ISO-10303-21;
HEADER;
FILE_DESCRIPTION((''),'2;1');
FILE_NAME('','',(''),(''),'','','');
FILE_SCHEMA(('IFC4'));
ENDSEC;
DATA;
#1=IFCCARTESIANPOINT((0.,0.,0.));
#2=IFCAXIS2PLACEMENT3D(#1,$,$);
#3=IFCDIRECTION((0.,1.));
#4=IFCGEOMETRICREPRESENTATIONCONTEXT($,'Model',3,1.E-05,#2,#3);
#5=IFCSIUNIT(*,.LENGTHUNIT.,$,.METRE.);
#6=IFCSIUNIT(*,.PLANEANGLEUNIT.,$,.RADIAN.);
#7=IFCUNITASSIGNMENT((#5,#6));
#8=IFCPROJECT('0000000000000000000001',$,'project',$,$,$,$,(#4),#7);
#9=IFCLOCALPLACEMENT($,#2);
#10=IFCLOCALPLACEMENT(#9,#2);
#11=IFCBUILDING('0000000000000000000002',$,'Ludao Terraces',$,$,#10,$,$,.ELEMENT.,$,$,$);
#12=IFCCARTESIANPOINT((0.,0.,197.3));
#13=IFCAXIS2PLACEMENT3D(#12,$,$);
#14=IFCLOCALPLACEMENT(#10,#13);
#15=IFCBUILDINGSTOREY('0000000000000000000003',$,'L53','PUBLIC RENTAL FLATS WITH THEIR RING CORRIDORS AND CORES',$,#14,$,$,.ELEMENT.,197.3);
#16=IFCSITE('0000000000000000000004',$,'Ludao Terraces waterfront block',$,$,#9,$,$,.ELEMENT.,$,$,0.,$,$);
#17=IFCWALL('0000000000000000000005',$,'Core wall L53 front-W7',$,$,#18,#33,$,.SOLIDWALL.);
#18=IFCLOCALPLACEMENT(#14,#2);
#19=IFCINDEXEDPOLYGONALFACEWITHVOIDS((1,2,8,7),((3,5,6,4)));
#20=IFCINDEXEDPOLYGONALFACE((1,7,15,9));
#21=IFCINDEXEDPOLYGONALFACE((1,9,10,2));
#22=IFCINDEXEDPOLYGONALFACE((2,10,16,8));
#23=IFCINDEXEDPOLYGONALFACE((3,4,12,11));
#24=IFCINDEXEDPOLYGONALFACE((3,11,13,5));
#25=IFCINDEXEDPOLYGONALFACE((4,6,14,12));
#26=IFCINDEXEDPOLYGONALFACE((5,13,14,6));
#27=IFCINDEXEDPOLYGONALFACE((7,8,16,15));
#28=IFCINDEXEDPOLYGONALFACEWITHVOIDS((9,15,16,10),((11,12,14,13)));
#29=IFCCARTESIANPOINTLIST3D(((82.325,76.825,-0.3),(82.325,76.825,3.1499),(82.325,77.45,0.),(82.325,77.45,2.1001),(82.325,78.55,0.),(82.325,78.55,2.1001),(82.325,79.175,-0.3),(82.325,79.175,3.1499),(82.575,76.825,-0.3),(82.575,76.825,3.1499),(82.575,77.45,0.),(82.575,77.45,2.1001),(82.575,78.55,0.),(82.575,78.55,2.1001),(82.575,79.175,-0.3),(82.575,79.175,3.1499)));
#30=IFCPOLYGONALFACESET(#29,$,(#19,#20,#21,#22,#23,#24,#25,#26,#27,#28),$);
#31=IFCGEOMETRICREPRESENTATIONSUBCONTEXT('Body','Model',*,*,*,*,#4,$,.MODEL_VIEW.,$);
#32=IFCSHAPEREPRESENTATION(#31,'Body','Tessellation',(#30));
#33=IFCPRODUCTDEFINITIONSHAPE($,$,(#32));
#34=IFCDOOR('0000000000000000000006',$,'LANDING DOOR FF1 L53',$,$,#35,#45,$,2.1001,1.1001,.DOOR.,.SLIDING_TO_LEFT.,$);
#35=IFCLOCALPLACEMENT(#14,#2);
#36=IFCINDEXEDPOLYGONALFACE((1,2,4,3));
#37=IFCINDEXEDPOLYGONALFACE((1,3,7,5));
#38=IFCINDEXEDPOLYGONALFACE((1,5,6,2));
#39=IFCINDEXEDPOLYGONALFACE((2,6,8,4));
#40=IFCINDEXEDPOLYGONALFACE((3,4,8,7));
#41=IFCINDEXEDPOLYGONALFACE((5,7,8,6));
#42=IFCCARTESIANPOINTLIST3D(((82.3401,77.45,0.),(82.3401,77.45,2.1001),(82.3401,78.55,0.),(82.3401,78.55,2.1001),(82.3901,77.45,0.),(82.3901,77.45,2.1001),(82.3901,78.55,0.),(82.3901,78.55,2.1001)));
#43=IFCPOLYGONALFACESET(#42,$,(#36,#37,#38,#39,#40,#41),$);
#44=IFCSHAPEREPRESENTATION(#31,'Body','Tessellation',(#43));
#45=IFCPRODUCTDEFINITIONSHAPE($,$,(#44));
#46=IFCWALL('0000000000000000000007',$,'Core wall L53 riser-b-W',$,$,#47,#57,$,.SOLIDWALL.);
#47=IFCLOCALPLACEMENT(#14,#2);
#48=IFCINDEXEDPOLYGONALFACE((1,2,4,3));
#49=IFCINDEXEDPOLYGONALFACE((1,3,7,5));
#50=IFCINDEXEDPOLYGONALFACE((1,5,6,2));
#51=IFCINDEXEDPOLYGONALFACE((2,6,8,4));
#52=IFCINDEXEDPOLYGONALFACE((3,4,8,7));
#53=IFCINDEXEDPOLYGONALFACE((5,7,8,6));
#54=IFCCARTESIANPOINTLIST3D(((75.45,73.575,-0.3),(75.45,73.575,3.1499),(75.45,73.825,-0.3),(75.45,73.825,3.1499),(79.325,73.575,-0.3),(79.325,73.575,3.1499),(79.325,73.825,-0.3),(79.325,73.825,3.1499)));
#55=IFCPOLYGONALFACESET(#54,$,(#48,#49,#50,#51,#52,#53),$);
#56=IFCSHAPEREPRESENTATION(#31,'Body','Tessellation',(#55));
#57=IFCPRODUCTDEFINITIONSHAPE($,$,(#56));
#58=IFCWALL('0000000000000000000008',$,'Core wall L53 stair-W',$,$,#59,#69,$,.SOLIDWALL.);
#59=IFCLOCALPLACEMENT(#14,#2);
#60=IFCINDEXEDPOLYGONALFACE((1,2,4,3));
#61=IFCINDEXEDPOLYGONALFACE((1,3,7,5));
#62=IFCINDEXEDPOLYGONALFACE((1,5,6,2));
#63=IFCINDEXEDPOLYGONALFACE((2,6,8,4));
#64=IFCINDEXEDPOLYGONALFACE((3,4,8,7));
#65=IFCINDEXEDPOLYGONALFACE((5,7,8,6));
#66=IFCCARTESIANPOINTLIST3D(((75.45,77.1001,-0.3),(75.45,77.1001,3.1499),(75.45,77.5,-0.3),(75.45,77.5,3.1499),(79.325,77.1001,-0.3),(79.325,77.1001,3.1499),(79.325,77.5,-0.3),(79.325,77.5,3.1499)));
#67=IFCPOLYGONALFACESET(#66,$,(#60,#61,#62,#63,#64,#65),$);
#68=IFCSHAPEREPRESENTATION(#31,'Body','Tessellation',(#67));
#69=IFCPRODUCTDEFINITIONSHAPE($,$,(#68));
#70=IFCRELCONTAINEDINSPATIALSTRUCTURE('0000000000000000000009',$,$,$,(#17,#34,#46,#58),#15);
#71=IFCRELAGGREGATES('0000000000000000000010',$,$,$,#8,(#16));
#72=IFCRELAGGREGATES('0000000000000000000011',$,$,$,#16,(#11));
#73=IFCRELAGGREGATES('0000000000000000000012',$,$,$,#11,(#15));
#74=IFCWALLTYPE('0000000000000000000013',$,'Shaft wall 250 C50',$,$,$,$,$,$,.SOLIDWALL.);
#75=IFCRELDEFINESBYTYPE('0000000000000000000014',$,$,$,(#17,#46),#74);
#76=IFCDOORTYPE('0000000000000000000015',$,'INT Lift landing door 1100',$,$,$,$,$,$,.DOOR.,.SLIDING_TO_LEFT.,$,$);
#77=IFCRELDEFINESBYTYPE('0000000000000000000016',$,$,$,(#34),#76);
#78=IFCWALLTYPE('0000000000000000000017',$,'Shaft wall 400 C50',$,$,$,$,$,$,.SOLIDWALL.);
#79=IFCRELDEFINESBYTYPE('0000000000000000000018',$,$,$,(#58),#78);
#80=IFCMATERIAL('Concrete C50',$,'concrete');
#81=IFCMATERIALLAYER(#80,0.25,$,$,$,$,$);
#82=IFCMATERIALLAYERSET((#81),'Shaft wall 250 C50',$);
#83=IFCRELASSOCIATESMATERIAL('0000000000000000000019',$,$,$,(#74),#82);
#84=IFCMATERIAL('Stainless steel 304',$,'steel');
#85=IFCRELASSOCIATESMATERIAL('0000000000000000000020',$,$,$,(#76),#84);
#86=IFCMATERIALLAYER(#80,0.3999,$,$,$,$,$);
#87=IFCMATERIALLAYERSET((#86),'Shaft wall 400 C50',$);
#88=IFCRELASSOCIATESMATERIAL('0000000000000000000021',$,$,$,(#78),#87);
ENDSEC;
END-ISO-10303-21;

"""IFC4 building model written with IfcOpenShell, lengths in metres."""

from ifc_helpers import new_model, si_unit, direction, frame, frame_2d, origin, place, context, subcontext, project, spatial, rectangle, extrude, material, layer, layer_set, type_object, element, fill, save


model = new_model("IFC4")

# Units and contexts
model_context = context("Model", 3, precision=1e-05, world=origin(), true_north=direction((0.0, 1.0)))
body_context = subcontext(model_context, "Body", "Model", "MODEL_VIEW")
ifc_project = project(units=[si_unit("LENGTHUNIT", "METRE"), si_unit("PLANEANGLEUNIT", "RADIAN")], contexts=[model_context])

# Site, building, storey
site_placement = place(None, origin())
site = spatial("IfcSite", under=ifc_project, at=site_placement, Name="Ludao Terraces waterfront block", CompositionType="ELEMENT", RefElevation=0.0)
building_placement = place(site_placement, origin())
building = spatial("IfcBuilding", under=site, at=building_placement, Name="Ludao Terraces", CompositionType="ELEMENT")
storey_placement = place(building_placement, frame((0.0, 0.0, 197.3)))
storey = spatial("IfcBuildingStorey", under=building, at=storey_placement, Name="L53", Description="PUBLIC RENTAL FLATS WITH THEIR RING CORRIDORS AND CORES", CompositionType="ELEMENT", Elevation=197.3)

# Shared definitions
ifc_material_1 = material(Name="Concrete C50", Category="concrete")

# Shared definitions
ifc_layer_1 = layer(ifc_material_1, 0.25)
ifc_layer_set_1 = layer_set([ifc_layer_1], Name="Shaft wall 250 C50")
wall_type_1 = type_object("IfcWallType", Name="Shaft wall 250 C50", PredefinedType="SOLIDWALL", material=ifc_layer_set_1)

# Wall, opening, door
wall_1_placement = place(storey_placement, frame((82.45, 76.825, -0.3), z_axis=(0.0, 0.0, 1.0), x_axis=(0.0, 1.0, 0.0)))
wall_1 = element("IfcWall", 1, at=wall_1_placement, inside=storey, type_object=wall_type_1, Name="Core wall L53 front-W7", PredefinedType="SOLIDWALL", context=body_context, shape_type="SweptSolid", body=[
    extrude(rectangle(XDim=2.3501, YDim=0.25, at=frame_2d((1.175, 0.0))), origin(), (0.0, 0.0, 1.0), 3.45),
])
opening_1_placement = place(wall_1_placement, frame((0.625, 0.0, 0.3)))
opening_1 = element("IfcOpeningElement", 2, at=opening_1_placement, cuts=wall_1, PredefinedType="OPENING", context=body_context, shape_type="SweptSolid", body=[
    extrude(rectangle(XDim=1.1001, YDim=2.1001, at=frame_2d((0.55, 1.05))), frame((0.0, 0.135, 0.0), z_axis=(0.0, -1.0, 0.0), x_axis=(1.0, 0.0, 0.0)), (0.0, 0.0, 1.0), 0.27),
])
ifc_material_2 = material(Name="Stainless steel 304", Category="steel")
door_type_1 = type_object("IfcDoorType", Name="INT Lift landing door 1100", OperationType="SLIDING_TO_LEFT", PredefinedType="DOOR", material=ifc_material_2)
door_1_placement = place(opening_1_placement, origin())
door_1 = element("IfcDoor", 3, at=door_1_placement, inside=storey, type_object=door_type_1, Name="LANDING DOOR FF1 L53", OperationType="SLIDING_TO_LEFT", OverallHeight=2.1001, OverallWidth=1.1001, PredefinedType="DOOR", context=body_context, shape_type="SweptSolid", body=[
    extrude(rectangle(XDim=1.1001, YDim=2.1001, at=frame_2d((0.55, 1.05))), frame((0.0, 0.1099, 0.0), z_axis=(0.0, -1.0, 0.0), x_axis=(1.0, 0.0, 0.0)), (0.0, 0.0, 1.0), 0.05),
])
fill(opening_1, door_1)

# Walls
wall_2_placement = place(storey_placement, frame((75.45, 73.7, -0.3), z_axis=(0.0, 0.0, 1.0), x_axis=(1.0, 0.0, 0.0)))
element("IfcWall", 4, at=wall_2_placement, inside=storey, type_object=wall_type_1, Name="Core wall L53 riser-b-W", PredefinedType="SOLIDWALL", context=body_context, shape_type="SweptSolid", body=[
    extrude(rectangle(XDim=3.875, YDim=0.25, at=frame_2d((1.9375, 0.0))), origin(), (0.0, 0.0, 1.0), 3.45),
])
ifc_layer_2 = layer(ifc_material_1, 0.3999)
ifc_layer_set_2 = layer_set([ifc_layer_2], Name="Shaft wall 400 C50")
wall_type_2 = type_object("IfcWallType", Name="Shaft wall 400 C50", PredefinedType="SOLIDWALL", material=ifc_layer_set_2)
wall_3_placement = place(storey_placement, frame((75.45, 77.3, -0.3), z_axis=(0.0, 0.0, 1.0), x_axis=(1.0, 0.0, 0.0)))
element("IfcWall", 5, at=wall_3_placement, inside=storey, type_object=wall_type_2, Name="Core wall L53 stair-W", PredefinedType="SOLIDWALL", context=body_context, shape_type="SweptSolid", body=[
    extrude(rectangle(XDim=3.875, YDim=0.3999, at=frame_2d((1.9375, 0.0))), origin(), (0.0, 0.0, 1.0), 3.45),
])

save(model, "model.ifc")
